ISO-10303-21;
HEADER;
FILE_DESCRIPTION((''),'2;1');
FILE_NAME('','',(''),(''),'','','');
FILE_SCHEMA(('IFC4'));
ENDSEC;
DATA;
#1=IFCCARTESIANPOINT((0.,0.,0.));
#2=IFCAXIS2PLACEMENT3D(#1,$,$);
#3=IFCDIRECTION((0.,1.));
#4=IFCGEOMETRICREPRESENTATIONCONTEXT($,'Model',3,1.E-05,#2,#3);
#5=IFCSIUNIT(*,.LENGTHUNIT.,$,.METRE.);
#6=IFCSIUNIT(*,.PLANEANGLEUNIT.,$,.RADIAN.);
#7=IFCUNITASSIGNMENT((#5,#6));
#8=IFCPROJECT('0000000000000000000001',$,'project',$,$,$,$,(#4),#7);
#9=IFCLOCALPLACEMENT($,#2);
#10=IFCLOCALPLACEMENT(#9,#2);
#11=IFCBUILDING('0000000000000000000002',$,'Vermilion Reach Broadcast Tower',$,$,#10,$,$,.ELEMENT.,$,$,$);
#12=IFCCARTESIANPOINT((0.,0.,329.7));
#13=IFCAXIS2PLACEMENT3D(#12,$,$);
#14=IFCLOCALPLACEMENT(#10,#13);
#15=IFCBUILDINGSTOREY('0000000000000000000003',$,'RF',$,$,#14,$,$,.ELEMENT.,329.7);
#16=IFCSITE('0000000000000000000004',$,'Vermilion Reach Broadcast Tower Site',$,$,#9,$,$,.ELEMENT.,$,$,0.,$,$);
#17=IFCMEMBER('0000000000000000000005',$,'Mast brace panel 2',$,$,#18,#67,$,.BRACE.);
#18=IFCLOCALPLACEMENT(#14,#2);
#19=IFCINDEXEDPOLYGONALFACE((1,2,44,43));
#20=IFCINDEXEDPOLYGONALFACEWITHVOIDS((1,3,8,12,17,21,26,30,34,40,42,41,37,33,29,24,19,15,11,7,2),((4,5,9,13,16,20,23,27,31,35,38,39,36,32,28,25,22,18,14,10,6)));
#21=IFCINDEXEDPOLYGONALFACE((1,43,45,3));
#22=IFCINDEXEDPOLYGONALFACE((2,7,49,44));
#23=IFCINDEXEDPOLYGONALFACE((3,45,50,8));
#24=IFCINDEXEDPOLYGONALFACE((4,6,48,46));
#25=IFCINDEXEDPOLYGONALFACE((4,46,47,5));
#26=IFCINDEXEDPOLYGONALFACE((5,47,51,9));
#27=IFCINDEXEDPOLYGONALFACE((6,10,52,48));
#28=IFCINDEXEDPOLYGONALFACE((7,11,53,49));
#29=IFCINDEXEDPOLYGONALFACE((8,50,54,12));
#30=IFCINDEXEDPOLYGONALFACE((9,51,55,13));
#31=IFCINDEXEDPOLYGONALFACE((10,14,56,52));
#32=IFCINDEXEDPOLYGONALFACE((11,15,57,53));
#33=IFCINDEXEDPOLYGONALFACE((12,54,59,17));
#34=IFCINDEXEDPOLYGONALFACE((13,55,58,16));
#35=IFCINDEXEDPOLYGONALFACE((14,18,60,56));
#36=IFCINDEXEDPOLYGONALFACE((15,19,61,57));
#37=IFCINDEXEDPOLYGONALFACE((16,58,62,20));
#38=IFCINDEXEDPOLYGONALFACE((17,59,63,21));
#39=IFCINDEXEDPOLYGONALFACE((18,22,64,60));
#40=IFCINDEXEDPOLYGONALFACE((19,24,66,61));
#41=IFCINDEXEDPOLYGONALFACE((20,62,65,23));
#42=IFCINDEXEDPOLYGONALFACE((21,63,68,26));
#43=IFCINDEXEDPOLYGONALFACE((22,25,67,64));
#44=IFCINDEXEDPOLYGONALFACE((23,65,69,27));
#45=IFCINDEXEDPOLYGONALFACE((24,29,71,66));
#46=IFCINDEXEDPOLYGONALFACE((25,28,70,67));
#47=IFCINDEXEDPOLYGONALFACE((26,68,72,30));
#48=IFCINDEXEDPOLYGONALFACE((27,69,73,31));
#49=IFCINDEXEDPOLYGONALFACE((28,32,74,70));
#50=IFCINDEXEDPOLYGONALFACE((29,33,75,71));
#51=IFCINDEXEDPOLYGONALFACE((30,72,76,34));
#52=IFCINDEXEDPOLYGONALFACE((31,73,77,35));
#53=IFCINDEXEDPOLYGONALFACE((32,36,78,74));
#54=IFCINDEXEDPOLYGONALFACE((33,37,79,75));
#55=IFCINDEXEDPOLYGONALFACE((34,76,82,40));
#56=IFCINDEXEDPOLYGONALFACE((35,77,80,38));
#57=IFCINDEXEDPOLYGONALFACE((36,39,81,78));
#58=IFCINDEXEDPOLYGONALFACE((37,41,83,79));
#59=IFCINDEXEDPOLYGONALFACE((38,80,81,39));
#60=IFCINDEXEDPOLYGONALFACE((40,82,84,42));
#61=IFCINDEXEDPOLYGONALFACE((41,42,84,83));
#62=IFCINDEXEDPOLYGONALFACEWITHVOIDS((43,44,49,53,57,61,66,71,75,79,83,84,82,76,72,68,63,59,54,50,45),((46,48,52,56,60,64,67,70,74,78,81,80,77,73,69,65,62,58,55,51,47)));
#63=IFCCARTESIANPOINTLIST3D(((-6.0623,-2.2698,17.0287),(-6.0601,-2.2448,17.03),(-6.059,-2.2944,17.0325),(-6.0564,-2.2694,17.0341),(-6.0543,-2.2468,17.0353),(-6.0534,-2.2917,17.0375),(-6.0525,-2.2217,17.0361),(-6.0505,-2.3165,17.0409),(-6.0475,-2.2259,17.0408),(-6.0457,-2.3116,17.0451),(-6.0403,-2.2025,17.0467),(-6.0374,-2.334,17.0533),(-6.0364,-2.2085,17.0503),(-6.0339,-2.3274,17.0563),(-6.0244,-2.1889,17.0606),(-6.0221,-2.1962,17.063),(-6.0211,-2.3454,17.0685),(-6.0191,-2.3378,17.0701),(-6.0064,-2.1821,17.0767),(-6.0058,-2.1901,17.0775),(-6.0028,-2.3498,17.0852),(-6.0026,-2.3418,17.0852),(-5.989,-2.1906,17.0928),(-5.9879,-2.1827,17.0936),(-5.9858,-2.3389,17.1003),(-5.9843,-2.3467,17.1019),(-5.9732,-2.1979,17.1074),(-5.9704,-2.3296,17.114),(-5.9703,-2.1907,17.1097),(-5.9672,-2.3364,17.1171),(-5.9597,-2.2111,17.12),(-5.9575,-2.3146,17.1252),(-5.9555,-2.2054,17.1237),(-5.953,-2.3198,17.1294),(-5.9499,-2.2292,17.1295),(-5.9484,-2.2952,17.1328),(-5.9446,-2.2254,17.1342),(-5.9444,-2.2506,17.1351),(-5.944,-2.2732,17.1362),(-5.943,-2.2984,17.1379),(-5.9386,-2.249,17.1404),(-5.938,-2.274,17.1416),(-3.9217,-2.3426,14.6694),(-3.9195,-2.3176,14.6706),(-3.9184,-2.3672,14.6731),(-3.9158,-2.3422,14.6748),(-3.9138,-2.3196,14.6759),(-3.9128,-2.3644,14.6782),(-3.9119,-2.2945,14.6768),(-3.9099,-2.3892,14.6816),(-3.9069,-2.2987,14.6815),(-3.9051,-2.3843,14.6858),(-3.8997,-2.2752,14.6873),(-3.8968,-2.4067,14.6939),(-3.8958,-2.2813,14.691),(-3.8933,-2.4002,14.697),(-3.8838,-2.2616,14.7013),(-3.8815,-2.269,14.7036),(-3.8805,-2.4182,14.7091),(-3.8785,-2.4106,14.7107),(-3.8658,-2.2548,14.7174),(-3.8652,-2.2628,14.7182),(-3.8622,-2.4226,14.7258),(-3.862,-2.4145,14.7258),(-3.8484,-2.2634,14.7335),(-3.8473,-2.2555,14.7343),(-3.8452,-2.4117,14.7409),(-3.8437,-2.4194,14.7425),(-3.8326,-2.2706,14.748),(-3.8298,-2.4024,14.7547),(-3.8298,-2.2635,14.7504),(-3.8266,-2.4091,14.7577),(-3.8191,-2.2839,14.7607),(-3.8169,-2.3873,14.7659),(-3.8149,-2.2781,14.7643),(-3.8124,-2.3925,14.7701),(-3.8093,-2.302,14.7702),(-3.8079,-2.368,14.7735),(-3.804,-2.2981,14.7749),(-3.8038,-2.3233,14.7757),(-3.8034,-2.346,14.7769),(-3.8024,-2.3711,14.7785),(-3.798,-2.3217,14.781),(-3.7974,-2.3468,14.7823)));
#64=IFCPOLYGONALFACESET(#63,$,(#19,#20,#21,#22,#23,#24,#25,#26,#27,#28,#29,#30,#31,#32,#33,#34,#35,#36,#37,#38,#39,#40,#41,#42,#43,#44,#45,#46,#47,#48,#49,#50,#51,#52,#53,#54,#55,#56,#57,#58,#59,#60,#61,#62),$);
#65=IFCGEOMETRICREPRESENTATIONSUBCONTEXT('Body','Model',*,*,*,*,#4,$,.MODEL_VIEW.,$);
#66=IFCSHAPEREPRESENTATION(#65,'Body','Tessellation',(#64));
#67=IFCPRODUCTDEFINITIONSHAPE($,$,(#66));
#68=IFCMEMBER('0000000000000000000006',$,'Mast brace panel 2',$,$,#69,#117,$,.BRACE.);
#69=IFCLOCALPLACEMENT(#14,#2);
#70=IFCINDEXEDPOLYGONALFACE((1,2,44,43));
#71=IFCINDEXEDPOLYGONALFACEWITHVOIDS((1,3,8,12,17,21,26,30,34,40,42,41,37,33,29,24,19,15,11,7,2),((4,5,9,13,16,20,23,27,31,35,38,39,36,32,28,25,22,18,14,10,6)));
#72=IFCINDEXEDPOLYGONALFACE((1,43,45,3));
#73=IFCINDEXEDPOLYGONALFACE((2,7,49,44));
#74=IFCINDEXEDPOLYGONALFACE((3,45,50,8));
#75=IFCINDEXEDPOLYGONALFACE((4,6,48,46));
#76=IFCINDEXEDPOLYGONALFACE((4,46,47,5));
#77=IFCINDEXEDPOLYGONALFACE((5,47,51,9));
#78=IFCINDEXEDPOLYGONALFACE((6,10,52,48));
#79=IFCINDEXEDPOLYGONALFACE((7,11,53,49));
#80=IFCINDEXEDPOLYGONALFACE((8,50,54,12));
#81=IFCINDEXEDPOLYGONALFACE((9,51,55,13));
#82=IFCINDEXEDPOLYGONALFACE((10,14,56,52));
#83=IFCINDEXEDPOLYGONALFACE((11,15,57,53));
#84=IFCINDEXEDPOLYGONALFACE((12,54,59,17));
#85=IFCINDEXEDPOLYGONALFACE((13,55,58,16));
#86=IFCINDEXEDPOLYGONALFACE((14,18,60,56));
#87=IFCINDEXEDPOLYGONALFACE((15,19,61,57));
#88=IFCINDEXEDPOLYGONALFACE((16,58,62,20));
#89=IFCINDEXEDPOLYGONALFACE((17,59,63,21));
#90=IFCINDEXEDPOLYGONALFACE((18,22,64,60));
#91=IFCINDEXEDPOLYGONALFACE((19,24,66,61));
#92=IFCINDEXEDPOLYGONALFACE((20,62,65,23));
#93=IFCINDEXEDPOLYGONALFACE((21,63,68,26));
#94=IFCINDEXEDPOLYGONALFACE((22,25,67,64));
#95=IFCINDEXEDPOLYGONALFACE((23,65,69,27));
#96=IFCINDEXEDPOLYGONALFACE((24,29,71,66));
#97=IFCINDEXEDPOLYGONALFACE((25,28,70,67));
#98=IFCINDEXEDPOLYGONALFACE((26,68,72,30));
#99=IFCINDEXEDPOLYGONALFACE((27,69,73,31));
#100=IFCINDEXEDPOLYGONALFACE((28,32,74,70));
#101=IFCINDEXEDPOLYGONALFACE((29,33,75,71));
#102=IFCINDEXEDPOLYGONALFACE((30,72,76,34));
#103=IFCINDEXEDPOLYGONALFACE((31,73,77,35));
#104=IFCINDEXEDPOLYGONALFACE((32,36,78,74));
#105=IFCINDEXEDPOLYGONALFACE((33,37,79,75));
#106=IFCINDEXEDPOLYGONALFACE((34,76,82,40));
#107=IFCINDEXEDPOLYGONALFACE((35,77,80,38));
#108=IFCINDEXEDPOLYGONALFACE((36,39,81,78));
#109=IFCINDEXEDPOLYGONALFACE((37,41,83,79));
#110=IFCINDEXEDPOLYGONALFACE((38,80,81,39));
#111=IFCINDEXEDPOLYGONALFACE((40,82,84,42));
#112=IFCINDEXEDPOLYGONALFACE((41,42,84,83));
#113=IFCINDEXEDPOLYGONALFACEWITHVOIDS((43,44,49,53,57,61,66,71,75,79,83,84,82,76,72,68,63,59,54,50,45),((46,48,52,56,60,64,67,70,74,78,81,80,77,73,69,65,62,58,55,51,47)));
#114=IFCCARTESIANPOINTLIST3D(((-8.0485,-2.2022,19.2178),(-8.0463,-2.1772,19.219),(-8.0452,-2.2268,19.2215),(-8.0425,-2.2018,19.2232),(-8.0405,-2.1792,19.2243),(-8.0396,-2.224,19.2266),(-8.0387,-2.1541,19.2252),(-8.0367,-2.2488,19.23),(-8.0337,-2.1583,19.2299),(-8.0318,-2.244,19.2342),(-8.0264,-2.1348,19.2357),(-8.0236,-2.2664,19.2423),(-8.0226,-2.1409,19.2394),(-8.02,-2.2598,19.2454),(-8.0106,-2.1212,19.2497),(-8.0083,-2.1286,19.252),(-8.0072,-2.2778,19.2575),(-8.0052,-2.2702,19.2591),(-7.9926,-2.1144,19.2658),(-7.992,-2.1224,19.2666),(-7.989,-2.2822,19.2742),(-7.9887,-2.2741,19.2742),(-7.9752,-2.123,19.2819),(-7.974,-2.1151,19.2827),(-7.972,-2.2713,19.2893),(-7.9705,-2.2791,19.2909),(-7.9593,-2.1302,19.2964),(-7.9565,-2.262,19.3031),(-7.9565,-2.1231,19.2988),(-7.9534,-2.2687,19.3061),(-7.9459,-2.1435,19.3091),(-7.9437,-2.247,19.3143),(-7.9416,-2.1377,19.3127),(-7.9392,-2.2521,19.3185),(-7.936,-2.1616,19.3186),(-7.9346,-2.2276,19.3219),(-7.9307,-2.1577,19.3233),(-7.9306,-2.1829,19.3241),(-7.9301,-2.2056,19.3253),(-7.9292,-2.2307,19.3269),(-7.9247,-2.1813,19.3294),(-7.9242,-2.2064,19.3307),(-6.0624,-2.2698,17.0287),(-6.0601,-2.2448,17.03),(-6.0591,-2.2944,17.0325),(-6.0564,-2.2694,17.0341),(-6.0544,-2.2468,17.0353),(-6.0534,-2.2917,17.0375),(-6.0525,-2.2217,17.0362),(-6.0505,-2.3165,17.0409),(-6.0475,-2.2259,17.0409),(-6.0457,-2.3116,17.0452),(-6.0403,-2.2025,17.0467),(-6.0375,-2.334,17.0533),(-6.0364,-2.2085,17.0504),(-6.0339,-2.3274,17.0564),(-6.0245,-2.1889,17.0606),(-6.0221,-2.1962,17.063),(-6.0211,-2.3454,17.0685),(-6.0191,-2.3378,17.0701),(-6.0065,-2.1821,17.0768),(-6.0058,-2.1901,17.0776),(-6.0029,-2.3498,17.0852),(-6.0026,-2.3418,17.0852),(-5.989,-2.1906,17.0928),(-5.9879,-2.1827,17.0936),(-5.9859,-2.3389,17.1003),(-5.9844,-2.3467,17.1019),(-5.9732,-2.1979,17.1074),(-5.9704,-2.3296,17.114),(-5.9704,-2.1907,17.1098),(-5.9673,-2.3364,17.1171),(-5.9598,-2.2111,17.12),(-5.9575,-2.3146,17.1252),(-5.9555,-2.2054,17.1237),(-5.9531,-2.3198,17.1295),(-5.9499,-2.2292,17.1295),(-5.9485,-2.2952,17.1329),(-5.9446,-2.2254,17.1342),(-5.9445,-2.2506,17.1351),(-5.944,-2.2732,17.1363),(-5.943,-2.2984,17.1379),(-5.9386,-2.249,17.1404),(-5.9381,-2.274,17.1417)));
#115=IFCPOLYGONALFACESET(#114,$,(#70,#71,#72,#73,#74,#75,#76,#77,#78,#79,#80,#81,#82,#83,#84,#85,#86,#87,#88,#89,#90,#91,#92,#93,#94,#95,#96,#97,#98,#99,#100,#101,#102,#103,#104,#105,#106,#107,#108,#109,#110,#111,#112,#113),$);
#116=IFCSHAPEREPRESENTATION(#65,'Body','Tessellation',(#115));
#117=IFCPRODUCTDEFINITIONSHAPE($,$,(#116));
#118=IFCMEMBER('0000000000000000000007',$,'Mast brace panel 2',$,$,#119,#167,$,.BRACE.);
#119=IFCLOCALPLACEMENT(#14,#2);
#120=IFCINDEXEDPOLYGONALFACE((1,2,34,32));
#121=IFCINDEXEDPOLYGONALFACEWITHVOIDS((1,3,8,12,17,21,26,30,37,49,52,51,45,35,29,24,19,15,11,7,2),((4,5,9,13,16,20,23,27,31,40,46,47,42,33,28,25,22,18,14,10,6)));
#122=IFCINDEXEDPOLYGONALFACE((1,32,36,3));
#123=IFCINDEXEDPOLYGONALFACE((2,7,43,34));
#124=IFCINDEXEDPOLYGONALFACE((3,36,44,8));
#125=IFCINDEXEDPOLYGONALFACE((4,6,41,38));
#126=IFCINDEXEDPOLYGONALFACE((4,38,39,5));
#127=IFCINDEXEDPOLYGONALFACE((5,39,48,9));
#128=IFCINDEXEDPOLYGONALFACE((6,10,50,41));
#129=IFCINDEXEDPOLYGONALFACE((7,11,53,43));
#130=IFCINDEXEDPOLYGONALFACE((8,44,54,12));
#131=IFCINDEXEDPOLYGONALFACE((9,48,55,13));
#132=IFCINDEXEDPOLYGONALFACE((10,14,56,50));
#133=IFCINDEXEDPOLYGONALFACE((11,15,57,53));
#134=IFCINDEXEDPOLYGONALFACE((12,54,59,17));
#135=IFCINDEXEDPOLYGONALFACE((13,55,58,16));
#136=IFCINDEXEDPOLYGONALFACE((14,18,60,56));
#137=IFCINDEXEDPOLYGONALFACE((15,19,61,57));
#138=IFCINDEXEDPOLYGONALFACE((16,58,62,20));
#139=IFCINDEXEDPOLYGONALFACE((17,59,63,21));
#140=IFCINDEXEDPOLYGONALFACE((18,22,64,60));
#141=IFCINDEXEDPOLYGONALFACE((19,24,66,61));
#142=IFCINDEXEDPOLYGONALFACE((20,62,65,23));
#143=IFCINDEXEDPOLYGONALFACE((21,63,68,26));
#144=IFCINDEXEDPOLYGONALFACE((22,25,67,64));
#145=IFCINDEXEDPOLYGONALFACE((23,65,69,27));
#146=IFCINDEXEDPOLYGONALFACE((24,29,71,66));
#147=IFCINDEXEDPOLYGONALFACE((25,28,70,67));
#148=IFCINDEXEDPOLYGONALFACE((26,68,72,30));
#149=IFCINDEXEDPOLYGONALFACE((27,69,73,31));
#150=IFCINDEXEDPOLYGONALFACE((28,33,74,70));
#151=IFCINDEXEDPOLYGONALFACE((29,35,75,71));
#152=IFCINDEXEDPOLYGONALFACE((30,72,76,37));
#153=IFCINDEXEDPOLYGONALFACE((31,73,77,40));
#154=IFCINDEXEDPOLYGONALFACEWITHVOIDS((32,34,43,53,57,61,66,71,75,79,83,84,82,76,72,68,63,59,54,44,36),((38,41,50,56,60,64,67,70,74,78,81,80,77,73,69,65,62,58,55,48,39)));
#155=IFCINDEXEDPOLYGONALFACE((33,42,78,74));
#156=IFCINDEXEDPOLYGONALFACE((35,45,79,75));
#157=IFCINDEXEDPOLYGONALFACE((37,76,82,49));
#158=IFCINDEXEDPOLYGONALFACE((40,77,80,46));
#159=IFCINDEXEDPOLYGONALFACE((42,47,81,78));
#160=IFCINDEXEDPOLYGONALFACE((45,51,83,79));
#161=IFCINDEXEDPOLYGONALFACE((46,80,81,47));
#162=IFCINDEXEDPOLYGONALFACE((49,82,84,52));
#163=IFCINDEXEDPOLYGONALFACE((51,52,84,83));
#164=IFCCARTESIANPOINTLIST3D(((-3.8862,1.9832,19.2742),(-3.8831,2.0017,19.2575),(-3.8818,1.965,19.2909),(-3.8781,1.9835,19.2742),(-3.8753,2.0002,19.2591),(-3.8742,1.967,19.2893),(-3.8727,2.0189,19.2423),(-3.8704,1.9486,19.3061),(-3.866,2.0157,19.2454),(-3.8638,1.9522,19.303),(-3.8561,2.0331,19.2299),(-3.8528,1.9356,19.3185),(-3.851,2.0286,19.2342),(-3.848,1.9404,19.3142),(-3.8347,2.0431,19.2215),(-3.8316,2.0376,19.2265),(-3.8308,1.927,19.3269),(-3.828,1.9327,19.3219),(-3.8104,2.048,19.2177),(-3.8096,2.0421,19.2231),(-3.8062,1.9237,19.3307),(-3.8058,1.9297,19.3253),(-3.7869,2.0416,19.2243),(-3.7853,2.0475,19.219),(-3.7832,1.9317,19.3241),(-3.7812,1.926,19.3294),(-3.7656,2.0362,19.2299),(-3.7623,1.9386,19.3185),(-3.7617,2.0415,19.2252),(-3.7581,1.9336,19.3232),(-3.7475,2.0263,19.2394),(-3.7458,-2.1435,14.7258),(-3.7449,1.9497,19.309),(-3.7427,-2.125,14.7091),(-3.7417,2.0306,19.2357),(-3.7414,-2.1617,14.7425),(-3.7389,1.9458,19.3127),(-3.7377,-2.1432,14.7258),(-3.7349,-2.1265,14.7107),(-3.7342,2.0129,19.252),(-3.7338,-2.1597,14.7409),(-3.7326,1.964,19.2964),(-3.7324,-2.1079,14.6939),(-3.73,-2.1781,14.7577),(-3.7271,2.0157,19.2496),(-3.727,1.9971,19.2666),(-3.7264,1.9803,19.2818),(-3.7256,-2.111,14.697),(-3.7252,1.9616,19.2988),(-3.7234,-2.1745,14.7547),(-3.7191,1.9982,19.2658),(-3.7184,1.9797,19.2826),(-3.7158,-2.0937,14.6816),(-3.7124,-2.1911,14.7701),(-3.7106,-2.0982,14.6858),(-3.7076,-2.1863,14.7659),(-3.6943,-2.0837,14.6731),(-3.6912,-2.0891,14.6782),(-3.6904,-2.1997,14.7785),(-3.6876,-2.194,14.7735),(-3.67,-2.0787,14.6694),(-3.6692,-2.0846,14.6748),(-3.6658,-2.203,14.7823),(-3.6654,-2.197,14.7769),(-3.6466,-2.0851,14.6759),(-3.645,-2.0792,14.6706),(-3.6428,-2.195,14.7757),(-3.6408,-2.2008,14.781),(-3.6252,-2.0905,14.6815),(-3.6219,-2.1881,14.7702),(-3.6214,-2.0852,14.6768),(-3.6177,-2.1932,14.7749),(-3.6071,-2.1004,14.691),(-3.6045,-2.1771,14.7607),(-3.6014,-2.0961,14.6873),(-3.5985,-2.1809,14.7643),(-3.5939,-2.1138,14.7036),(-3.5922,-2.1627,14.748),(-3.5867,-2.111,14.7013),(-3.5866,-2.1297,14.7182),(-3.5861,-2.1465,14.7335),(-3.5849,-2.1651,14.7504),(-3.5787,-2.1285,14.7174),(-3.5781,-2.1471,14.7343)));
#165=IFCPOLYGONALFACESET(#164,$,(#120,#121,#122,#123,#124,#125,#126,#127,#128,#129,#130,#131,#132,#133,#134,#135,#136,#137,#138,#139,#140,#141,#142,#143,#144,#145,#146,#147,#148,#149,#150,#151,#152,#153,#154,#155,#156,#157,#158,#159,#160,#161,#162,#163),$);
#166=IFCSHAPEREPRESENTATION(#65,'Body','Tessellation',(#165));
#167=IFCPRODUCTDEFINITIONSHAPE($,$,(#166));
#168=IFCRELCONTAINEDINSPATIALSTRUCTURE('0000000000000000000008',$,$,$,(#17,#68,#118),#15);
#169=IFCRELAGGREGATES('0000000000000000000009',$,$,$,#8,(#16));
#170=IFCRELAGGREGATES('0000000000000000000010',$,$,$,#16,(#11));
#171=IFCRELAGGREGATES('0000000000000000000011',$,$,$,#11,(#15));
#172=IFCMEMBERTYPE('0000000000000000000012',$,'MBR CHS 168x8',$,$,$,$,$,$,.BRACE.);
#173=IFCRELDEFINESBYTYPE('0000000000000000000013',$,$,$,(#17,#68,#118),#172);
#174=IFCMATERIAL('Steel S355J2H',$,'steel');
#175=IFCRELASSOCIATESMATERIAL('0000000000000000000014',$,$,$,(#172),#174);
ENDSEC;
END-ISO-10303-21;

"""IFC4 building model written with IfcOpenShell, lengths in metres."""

from ifc_helpers import new_model, si_unit, direction, frame, origin, origin_2d, place, context, subcontext, project, spatial, hollow_circle, extrude, material, material_profile, profile_set, type_object, element, save


model = new_model("IFC4")

# Units and contexts
model_context = context("Model", 3, precision=1e-05, world=origin(), true_north=direction((0.0, 1.0)))
body_context = subcontext(model_context, "Body", "Model", "MODEL_VIEW")
ifc_project = project(units=[si_unit("LENGTHUNIT", "METRE"), si_unit("PLANEANGLEUNIT", "RADIAN")], contexts=[model_context])

# Site, building, storey
site_placement = place(None, origin())
site = spatial("IfcSite", under=ifc_project, at=site_placement, Name="Vermilion Reach Broadcast Tower Site", CompositionType="ELEMENT", RefElevation=0.0)
building_placement = place(site_placement, origin())
building = spatial("IfcBuilding", under=site, at=building_placement, Name="Vermilion Reach Broadcast Tower", CompositionType="ELEMENT")
storey_placement = place(building_placement, frame((0.0, 0.0, 329.7)))
storey = spatial("IfcBuildingStorey", under=building, at=storey_placement, Name="RF", CompositionType="ELEMENT", Elevation=329.7)

# Members
ifc_material = material(Name="Steel S355J2H", Category="steel")
ifc_material_profile = material_profile(ifc_material, hollow_circle(Radius=0.0842, WallThickness=0.0081, at=origin_2d()), Name="S355J2H CHS 168x8")
ifc_profile_set = profile_set([ifc_material_profile], Name="Steel S355J2H")
member_type = type_object("IfcMemberType", Name="MBR CHS 168x8", PredefinedType="BRACE", material=ifc_profile_set)
member_1_placement = place(storey_placement, frame((-3.8594, -2.3384, 14.7258), z_axis=(-0.671765, 0.022831, 0.740412), x_axis=(-0.033968, -0.999423, 0.0)))
element("IfcMember", 1, at=member_1_placement, inside=storey, type_object=member_type, Name="Mast brace panel 2", PredefinedType="BRACE", context=body_context, shape_type="SweptSolid", body=[
    extrude(hollow_circle(Radius=0.0842, WallThickness=0.0081, at=origin_2d()), origin(), (0.0, 0.0, 1.0), 3.1865),
])
member_2_placement = place(storey_placement, frame((-6.0, -2.2656, 17.0852), z_axis=(-0.671777, 0.022874, 0.7404), x_axis=(-0.034031, -0.999421, 0.0)))
element("IfcMember", 2, at=member_2_placement, inside=storey, type_object=member_type, Name="Mast brace panel 2", PredefinedType="BRACE", context=body_context, shape_type="SweptSolid", body=[
    extrude(hollow_circle(Radius=0.0842, WallThickness=0.0081, at=origin_2d()), origin(), (0.0, 0.0, 1.0), 2.9565),
])
member_3_placement = place(storey_placement, frame((-3.6616, -2.1406, 14.7258), z_axis=(-0.022852, 0.671771, 0.740406), x_axis=(-0.999422, -0.033998, 0.0)))
element("IfcMember", 3, at=member_3_placement, inside=storey, type_object=member_type, Name="Mast brace panel 2", PredefinedType="BRACE", context=body_context, shape_type="SweptSolid", body=[
    extrude(hollow_circle(Radius=0.0842, WallThickness=0.0081, at=origin_2d()), origin(), (0.0, 0.0, 1.0), 6.1431),
])

save(model, "model.ifc")
